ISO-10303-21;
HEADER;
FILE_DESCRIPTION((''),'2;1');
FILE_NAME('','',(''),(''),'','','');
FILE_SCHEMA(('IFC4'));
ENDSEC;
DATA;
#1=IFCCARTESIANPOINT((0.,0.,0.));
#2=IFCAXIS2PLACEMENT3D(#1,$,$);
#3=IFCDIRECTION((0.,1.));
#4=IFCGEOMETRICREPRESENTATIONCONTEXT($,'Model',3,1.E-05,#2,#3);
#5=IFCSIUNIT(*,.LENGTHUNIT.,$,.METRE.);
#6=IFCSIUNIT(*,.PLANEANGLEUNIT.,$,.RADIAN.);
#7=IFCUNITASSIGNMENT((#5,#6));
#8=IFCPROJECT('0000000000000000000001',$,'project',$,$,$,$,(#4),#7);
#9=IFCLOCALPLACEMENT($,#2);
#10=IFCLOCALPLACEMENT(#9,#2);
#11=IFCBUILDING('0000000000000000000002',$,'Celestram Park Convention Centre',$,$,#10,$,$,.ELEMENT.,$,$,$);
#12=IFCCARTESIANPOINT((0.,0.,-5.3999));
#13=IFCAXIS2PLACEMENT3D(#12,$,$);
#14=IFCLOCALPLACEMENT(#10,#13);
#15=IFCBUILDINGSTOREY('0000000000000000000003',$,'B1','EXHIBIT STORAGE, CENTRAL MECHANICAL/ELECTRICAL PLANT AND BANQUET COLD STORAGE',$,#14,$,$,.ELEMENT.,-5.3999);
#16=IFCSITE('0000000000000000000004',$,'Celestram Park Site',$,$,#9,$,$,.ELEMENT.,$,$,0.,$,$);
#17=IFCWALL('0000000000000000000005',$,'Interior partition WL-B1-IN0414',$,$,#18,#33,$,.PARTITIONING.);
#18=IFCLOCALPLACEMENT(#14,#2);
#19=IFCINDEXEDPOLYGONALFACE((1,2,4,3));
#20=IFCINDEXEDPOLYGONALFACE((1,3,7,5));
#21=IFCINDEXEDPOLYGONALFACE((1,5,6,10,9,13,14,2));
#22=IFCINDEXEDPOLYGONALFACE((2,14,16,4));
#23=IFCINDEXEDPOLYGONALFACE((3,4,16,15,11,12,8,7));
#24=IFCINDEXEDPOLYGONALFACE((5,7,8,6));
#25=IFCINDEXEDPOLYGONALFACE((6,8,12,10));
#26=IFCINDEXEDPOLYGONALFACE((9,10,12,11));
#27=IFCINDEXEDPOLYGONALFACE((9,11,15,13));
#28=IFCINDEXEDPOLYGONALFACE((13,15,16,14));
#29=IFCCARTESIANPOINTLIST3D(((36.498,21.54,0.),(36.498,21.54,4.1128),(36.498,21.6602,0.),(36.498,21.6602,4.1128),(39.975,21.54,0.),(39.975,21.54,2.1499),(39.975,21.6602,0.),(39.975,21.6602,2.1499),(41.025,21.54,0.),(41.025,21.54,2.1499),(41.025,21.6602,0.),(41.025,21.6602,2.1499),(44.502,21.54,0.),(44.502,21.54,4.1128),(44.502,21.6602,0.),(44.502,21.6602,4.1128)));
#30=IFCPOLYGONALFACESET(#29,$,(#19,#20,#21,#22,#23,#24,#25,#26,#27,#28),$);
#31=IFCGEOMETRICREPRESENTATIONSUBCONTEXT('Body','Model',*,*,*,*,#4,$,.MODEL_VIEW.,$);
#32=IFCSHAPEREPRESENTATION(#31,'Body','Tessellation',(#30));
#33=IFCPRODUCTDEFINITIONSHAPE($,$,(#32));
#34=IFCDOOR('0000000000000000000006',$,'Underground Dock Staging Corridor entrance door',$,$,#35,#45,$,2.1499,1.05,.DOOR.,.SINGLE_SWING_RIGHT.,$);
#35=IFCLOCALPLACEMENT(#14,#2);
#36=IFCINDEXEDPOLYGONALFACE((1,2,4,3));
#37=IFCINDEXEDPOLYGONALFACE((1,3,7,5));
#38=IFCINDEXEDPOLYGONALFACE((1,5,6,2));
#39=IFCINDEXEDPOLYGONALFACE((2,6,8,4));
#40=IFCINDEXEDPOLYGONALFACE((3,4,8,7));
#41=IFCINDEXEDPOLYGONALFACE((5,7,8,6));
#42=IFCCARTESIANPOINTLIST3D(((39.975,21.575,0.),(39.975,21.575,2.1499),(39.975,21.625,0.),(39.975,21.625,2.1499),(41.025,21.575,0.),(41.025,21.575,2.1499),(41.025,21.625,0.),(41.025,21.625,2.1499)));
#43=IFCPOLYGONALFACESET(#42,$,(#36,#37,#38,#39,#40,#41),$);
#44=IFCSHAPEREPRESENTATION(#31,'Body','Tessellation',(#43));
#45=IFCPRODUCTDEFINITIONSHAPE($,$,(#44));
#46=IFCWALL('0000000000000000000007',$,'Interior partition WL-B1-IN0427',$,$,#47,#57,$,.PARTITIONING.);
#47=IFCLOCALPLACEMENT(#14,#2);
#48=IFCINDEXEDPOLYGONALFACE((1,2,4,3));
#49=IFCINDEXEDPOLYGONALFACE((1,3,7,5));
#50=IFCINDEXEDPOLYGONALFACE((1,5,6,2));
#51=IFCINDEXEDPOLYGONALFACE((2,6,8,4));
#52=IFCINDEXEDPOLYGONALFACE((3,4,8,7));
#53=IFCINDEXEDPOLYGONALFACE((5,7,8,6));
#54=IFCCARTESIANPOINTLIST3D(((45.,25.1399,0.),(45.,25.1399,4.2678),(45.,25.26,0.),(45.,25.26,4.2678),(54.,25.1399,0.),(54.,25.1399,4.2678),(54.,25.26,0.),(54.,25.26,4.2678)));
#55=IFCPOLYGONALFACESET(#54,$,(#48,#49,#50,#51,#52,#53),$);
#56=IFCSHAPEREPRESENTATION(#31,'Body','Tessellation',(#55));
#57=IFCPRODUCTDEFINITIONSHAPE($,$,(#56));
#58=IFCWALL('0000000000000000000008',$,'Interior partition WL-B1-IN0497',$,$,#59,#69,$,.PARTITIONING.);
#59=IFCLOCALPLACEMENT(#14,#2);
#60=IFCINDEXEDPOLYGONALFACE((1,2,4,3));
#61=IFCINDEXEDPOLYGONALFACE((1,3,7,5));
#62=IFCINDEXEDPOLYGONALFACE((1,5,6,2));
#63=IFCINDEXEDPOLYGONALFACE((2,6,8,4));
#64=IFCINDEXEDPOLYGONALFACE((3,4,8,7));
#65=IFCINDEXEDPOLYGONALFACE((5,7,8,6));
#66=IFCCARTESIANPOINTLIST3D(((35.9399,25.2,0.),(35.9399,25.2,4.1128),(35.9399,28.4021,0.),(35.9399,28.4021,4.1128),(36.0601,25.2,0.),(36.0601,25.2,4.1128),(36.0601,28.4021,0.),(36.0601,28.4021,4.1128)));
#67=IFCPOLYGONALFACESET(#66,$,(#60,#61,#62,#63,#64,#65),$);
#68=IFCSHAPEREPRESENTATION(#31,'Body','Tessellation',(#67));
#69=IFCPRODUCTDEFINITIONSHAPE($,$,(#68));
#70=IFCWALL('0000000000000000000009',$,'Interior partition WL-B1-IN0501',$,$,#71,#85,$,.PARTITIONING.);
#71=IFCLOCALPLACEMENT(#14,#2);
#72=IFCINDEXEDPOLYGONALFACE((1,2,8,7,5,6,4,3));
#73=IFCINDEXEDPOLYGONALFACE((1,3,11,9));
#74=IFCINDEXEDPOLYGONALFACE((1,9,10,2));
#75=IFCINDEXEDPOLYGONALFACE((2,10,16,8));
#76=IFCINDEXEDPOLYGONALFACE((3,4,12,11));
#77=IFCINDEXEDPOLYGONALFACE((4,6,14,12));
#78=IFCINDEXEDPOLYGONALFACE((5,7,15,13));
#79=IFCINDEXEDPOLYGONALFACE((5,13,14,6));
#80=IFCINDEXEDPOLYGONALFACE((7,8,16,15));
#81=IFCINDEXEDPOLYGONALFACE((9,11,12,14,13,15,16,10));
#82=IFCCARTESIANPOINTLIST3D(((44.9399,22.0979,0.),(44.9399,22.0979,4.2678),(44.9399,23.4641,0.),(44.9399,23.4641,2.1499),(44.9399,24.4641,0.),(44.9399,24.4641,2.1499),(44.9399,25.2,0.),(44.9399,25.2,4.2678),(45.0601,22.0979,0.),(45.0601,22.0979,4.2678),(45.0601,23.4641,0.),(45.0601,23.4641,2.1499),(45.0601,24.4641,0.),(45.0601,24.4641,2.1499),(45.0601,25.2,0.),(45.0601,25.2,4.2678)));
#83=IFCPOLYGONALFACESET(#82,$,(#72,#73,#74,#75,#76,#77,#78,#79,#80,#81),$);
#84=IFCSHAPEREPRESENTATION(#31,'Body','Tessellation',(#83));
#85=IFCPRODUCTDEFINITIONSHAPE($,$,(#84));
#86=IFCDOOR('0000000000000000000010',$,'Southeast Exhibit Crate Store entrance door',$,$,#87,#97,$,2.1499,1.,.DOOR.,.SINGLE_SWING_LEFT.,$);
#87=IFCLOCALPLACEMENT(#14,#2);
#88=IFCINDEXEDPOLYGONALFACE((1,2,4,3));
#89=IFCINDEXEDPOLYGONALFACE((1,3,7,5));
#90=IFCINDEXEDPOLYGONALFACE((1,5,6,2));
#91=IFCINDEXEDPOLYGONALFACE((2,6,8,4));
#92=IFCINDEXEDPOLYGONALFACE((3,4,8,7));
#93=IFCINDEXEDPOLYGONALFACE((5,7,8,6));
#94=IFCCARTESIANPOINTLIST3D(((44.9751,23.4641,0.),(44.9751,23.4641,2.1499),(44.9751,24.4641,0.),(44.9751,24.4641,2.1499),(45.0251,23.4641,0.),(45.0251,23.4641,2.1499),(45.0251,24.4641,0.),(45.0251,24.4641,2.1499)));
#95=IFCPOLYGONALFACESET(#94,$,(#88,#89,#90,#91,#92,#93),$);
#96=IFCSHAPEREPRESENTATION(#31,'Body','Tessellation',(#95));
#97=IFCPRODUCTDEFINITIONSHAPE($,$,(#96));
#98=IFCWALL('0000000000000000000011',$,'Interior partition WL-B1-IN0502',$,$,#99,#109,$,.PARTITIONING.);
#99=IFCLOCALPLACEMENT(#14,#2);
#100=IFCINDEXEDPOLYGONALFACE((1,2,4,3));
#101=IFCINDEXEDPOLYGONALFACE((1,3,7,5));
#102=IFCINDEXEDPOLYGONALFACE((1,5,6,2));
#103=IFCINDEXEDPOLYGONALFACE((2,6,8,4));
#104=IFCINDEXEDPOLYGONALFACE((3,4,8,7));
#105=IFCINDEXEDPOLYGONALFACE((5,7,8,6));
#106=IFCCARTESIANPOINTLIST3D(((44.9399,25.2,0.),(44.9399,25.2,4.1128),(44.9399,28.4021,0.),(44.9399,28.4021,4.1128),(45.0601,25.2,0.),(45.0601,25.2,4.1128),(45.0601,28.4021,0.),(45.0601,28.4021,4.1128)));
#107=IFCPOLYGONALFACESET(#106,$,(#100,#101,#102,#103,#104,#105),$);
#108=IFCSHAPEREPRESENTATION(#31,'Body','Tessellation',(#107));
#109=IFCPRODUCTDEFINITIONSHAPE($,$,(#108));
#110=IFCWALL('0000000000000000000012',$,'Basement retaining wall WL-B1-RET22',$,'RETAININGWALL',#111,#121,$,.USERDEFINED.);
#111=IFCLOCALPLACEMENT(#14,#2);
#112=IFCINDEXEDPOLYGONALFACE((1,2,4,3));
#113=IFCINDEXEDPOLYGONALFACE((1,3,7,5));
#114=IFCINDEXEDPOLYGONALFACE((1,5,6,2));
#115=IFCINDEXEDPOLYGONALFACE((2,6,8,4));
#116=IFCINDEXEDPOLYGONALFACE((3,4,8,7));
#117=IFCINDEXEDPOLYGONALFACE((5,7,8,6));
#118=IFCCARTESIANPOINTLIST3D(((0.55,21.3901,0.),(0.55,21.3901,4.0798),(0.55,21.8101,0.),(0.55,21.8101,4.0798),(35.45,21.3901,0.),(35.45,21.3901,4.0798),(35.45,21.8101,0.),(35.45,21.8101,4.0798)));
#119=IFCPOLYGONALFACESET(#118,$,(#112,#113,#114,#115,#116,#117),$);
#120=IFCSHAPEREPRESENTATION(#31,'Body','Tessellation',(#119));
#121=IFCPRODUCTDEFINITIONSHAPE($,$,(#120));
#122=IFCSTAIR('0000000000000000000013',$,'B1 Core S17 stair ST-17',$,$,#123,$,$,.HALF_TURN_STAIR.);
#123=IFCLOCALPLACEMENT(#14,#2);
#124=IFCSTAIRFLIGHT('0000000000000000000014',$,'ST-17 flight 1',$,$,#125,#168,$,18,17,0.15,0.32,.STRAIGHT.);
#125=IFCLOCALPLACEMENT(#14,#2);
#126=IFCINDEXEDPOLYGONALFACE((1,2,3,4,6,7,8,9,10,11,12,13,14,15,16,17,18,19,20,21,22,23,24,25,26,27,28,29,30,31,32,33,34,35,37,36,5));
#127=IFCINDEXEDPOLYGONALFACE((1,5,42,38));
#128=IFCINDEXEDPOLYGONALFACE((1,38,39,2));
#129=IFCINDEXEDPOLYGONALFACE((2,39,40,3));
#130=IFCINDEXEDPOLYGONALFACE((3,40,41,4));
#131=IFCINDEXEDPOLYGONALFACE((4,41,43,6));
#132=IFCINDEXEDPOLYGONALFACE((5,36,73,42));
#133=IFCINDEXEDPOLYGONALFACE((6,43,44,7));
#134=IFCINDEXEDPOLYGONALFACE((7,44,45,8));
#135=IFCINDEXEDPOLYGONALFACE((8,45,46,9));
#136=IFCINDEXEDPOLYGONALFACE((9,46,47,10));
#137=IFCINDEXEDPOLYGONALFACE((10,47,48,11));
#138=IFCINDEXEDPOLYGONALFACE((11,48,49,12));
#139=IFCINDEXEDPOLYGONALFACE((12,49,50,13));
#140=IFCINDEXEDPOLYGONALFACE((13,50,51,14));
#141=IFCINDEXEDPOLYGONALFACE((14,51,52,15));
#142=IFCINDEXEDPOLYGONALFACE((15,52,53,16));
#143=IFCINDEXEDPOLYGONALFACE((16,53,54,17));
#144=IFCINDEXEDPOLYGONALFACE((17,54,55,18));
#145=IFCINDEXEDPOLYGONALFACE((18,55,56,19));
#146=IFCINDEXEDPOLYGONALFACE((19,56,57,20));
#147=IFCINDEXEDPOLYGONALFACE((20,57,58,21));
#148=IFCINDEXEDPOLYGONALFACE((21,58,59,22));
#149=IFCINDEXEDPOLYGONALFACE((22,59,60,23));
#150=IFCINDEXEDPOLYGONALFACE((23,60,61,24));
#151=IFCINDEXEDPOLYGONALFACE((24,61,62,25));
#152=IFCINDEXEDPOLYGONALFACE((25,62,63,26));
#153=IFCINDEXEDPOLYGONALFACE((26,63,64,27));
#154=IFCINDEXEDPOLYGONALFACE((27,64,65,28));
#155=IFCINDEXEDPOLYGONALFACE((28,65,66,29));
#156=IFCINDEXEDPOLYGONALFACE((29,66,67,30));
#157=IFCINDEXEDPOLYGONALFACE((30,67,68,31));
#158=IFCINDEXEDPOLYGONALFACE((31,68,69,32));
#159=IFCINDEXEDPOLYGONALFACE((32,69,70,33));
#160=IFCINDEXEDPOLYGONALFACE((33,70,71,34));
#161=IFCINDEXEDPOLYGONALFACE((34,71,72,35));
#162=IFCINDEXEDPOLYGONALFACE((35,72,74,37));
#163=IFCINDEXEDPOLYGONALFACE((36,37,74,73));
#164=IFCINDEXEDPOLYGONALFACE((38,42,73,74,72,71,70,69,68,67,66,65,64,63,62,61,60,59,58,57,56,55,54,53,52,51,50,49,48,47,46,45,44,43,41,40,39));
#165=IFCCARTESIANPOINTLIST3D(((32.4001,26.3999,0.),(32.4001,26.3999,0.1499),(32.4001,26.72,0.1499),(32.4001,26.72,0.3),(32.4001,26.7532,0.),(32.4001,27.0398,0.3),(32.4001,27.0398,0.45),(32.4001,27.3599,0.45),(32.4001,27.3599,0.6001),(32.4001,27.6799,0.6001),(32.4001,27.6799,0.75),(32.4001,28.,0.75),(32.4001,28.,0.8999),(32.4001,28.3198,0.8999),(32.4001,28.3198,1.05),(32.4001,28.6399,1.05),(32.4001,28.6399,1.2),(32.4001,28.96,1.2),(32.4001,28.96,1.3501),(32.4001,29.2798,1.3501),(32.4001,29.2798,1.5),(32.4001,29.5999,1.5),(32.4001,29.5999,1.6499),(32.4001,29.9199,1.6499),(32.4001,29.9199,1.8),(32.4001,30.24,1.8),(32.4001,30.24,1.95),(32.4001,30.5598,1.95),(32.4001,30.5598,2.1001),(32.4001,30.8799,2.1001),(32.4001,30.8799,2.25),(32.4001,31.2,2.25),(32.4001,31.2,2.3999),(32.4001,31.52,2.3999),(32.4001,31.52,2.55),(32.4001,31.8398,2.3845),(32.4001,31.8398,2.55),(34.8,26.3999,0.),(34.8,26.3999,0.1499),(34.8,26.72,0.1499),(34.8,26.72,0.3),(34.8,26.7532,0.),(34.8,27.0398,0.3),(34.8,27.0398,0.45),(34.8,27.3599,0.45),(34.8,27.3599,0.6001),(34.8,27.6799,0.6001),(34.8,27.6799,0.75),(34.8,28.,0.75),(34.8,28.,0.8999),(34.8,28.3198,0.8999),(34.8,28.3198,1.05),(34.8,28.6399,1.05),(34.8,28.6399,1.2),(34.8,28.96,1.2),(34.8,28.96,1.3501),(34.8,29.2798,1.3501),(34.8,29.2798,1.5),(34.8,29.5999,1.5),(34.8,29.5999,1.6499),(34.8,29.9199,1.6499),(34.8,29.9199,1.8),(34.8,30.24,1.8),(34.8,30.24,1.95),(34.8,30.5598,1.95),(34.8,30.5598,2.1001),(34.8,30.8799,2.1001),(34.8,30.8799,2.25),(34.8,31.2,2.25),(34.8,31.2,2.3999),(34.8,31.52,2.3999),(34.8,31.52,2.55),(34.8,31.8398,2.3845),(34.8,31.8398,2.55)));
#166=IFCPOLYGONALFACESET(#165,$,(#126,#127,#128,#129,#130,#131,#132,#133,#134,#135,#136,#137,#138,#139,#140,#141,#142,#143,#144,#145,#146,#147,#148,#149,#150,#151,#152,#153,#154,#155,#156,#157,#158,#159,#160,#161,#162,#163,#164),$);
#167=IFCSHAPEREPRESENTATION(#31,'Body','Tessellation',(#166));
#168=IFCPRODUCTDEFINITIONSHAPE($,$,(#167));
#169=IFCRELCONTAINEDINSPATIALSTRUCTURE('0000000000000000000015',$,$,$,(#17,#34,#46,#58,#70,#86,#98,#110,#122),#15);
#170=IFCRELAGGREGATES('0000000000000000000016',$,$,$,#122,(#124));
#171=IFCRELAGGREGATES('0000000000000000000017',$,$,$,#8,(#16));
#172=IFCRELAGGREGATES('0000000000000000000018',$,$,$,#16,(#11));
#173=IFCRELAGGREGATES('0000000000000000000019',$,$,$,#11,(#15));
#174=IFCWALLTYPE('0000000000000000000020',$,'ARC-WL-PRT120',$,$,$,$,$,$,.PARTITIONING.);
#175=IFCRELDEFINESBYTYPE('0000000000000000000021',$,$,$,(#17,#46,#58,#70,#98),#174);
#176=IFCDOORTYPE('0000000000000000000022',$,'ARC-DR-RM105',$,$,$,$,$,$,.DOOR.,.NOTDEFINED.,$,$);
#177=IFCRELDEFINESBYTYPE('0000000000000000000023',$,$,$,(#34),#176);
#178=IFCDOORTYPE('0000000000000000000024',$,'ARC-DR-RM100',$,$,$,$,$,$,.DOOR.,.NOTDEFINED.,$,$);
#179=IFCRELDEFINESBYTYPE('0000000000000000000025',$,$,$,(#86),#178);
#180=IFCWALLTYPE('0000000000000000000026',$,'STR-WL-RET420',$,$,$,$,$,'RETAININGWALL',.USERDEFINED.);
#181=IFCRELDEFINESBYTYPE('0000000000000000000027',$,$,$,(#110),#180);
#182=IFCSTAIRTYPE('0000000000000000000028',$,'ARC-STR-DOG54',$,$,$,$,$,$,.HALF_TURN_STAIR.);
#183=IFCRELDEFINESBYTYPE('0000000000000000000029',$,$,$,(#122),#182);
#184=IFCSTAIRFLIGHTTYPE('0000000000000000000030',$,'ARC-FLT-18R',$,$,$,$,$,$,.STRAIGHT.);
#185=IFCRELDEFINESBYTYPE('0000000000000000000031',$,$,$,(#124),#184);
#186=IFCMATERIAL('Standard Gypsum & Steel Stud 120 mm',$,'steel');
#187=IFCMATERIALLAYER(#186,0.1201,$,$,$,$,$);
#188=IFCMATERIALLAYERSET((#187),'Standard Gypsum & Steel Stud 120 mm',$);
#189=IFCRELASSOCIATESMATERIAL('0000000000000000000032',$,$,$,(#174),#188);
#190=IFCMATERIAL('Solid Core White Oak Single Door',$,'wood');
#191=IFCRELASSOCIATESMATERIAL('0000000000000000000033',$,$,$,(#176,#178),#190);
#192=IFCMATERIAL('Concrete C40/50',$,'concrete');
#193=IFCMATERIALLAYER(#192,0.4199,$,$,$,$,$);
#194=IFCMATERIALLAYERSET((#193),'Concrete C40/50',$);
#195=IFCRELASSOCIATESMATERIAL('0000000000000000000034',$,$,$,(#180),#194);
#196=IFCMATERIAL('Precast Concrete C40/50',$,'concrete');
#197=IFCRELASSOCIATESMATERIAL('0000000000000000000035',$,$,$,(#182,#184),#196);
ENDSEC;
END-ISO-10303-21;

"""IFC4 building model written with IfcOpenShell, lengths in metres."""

from ifc_helpers import new_model, si_unit, direction, frame, frame_2d, origin, place, context, subcontext, project, spatial, polyline, rectangle, outline, extrude, material, layer, layer_set, type_object, element, fill, aggregate, save


model = new_model("IFC4")

# Units and contexts
model_context = context("Model", 3, precision=1e-05, world=origin(), true_north=direction((0.0, 1.0)))
body_context = subcontext(model_context, "Body", "Model", "MODEL_VIEW")
ifc_project = project(units=[si_unit("LENGTHUNIT", "METRE"), si_unit("PLANEANGLEUNIT", "RADIAN")], contexts=[model_context])

# Site, building, storey
site_placement = place(None, origin())
site = spatial("IfcSite", under=ifc_project, at=site_placement, Name="Celestram Park Site", CompositionType="ELEMENT", RefElevation=0.0)
building_placement = place(site_placement, origin())
building = spatial("IfcBuilding", under=site, at=building_placement, Name="Celestram Park Convention Centre", CompositionType="ELEMENT")
storey_placement = place(building_placement, frame((0.0, 0.0, -5.3999)))
storey = spatial("IfcBuildingStorey", under=building, at=storey_placement, Name="B1", Description="EXHIBIT STORAGE, CENTRAL MECHANICAL/ELECTRICAL PLANT AND BANQUET COLD STORAGE", CompositionType="ELEMENT", Elevation=-5.3999)

# Shared definitions
ifc_material_1 = material(Name="Concrete C40/50", Category="concrete")

# Wall, opening, door
ifc_material_2 = material(Name="Standard Gypsum & Steel Stud 120 mm", Category="steel")
ifc_layer_1 = layer(ifc_material_2, 0.1201)
ifc_layer_set_1 = layer_set([ifc_layer_1], Name="Standard Gypsum & Steel Stud 120 mm")
wall_type_1 = type_object("IfcWallType", Name="ARC-WL-PRT120", PredefinedType="PARTITIONING", material=ifc_layer_set_1)
wall_1_placement = place(storey_placement, frame((36.498, 21.6001, 0.0), z_axis=(0.0, 0.0, 1.0), x_axis=(1.0, 0.0, 0.0)))
wall_1 = element("IfcWall", 1, at=wall_1_placement, inside=storey, type_object=wall_type_1, Name="Interior partition WL-B1-IN0414", PredefinedType="PARTITIONING", context=body_context, shape_type="SweptSolid", body=[
    extrude(rectangle(XDim=8.0039, YDim=0.1201, at=frame_2d((4.002, 0.0))), origin(), (0.0, 0.0, 1.0), 4.1128),
])
opening_1_placement = place(wall_1_placement, frame((3.4771, 0.0, 0.0)))
opening_1 = element("IfcOpeningElement", 2, at=opening_1_placement, cuts=wall_1, PredefinedType="OPENING", context=body_context, shape_type="SweptSolid", body=[
    extrude(rectangle(XDim=1.05, YDim=2.1499, at=frame_2d((0.5249, 1.075))), frame((0.0, 0.0701, 0.0), z_axis=(0.0, -1.0, 0.0), x_axis=(1.0, 0.0, 0.0)), (0.0, 0.0, 1.0), 0.1401),
])
ifc_material_3 = material(Name="Solid Core White Oak Single Door", Category="wood")
door_type_1 = type_object("IfcDoorType", Name="ARC-DR-RM105", OperationType="NOTDEFINED", PredefinedType="DOOR", material=ifc_material_3)
door_1_placement = place(opening_1_placement, origin())
door_1 = element("IfcDoor", 3, at=door_1_placement, inside=storey, type_object=door_type_1, Name="Underground Dock Staging Corridor entrance door", OperationType="SINGLE_SWING_RIGHT", OverallHeight=2.1499, OverallWidth=1.05, PredefinedType="DOOR", context=body_context, shape_type="SweptSolid", body=[
    extrude(rectangle(XDim=1.05, YDim=2.1499, at=frame_2d((0.5249, 1.075))), frame((0.0, 0.0249, 0.0), z_axis=(0.0, -1.0, 0.0), x_axis=(1.0, 0.0, 0.0)), (0.0, 0.0, 1.0), 0.05),
])
fill(opening_1, door_1)

# Walls
wall_2_placement = place(storey_placement, frame((45.0, 25.2, 0.0), z_axis=(0.0, 0.0, 1.0), x_axis=(1.0, 0.0, 0.0)))
element("IfcWall", 4, at=wall_2_placement, inside=storey, type_object=wall_type_1, Name="Interior partition WL-B1-IN0427", PredefinedType="PARTITIONING", context=body_context, shape_type="SweptSolid", body=[
    extrude(rectangle(XDim=9.0, YDim=0.1201, at=frame_2d((4.5, 0.0))), origin(), (0.0, 0.0, 1.0), 4.2678),
])
wall_3_placement = place(storey_placement, frame((36.0, 25.2, 0.0), z_axis=(0.0, 0.0, 1.0), x_axis=(0.0, 1.0, 0.0)))
element("IfcWall", 5, at=wall_3_placement, inside=storey, type_object=wall_type_1, Name="Interior partition WL-B1-IN0497", PredefinedType="PARTITIONING", context=body_context, shape_type="SweptSolid", body=[
    extrude(rectangle(XDim=3.2021, YDim=0.1201, at=frame_2d((1.6011, 0.0))), origin(), (0.0, 0.0, 1.0), 4.1128),
])

# Wall, opening, door
wall_4_placement = place(storey_placement, frame((45.0, 22.0979, 0.0), z_axis=(0.0, 0.0, 1.0), x_axis=(0.0, 1.0, 0.0)))
wall_4 = element("IfcWall", 6, at=wall_4_placement, inside=storey, type_object=wall_type_1, Name="Interior partition WL-B1-IN0501", PredefinedType="PARTITIONING", context=body_context, shape_type="SweptSolid", body=[
    extrude(rectangle(XDim=3.1021, YDim=0.1201, at=frame_2d((1.551, 0.0))), origin(), (0.0, 0.0, 1.0), 4.2678),
])
opening_2_placement = place(wall_4_placement, frame((1.3662, 0.0, 0.0)))
opening_2 = element("IfcOpeningElement", 7, at=opening_2_placement, cuts=wall_4, PredefinedType="OPENING", context=body_context, shape_type="SweptSolid", body=[
    extrude(rectangle(XDim=1.0, YDim=2.1499, at=frame_2d((0.5, 1.075))), frame((0.0, 0.0701, 0.0), z_axis=(0.0, -1.0, 0.0), x_axis=(1.0, 0.0, 0.0)), (0.0, 0.0, 1.0), 0.1401),
])
door_type_2 = type_object("IfcDoorType", Name="ARC-DR-RM100", OperationType="NOTDEFINED", PredefinedType="DOOR", material=ifc_material_3)
door_2_placement = place(opening_2_placement, origin())
door_2 = element("IfcDoor", 8, at=door_2_placement, inside=storey, type_object=door_type_2, Name="Southeast Exhibit Crate Store entrance door", OperationType="SINGLE_SWING_LEFT", OverallHeight=2.1499, OverallWidth=1.0, PredefinedType="DOOR", context=body_context, shape_type="SweptSolid", body=[
    extrude(rectangle(XDim=1.0, YDim=2.1499, at=frame_2d((0.5, 1.075))), frame((0.0, 0.0249, 0.0), z_axis=(0.0, -1.0, 0.0), x_axis=(1.0, 0.0, 0.0)), (0.0, 0.0, 1.0), 0.05),
])
fill(opening_2, door_2)

# Walls
wall_5_placement = place(storey_placement, frame((45.0, 25.2, 0.0), z_axis=(0.0, 0.0, 1.0), x_axis=(0.0, 1.0, 0.0)))
element("IfcWall", 9, at=wall_5_placement, inside=storey, type_object=wall_type_1, Name="Interior partition WL-B1-IN0502", PredefinedType="PARTITIONING", context=body_context, shape_type="SweptSolid", body=[
    extrude(rectangle(XDim=3.2021, YDim=0.1201, at=frame_2d((1.6011, 0.0))), origin(), (0.0, 0.0, 1.0), 4.1128),
])
ifc_layer_2 = layer(ifc_material_1, 0.4199)
ifc_layer_set_2 = layer_set([ifc_layer_2], Name="Concrete C40/50")
wall_type_2 = type_object("IfcWallType", Name="STR-WL-RET420", ElementType="RETAININGWALL", PredefinedType="USERDEFINED", material=ifc_layer_set_2)
wall_6_placement = place(storey_placement, frame((35.45, 21.6001, 0.0), z_axis=(0.0, 0.0, 1.0), x_axis=(-1.0, 0.0, 0.0)))
element("IfcWall", 10, at=wall_6_placement, inside=storey, type_object=wall_type_2, Name="Basement retaining wall WL-B1-RET22", ObjectType="RETAININGWALL", PredefinedType="USERDEFINED", context=body_context, shape_type="SweptSolid", body=[
    extrude(rectangle(XDim=34.8999, YDim=0.4199, at=frame_2d((17.45, 0.0))), origin(), (0.0, 0.0, 1.0), 4.0798),
])

# Stair, stair flight
ifc_material_4 = material(Name="Precast Concrete C40/50", Category="concrete")
stair_type = type_object("IfcStairType", Name="ARC-STR-DOG54", PredefinedType="HALF_TURN_STAIR", material=ifc_material_4)
stair_placement = place(storey_placement, origin())
stair = element("IfcStair", 11, at=stair_placement, inside=storey, type_object=stair_type, Name="B1 Core S17 stair ST-17", PredefinedType="HALF_TURN_STAIR")
stair_flight_type = type_object("IfcStairFlightType", Name="ARC-FLT-18R", PredefinedType="STRAIGHT", material=ifc_material_4)
stair_flight_placement = place(storey_placement, frame((33.6001, 26.3999, 0.0), z_axis=(0.0, 0.0, 1.0), x_axis=(0.0, 1.0, 0.0)))
stair_flight = element("IfcStairFlight", 12, at=stair_flight_placement, type_object=stair_flight_type, Name="ST-17 flight 1", NumberOfRisers=18, NumberOfTreads=17, PredefinedType="STRAIGHT", RiserHeight=0.15, TreadLength=0.32, context=body_context, shape_type="SweptSolid", body=[
    extrude(outline(polyline([(0.0, 0.0), (0.0, 0.1499), (0.3201, 0.1499), (0.3201, 0.3), (0.6399, 0.3), (0.6399, 0.45), (0.96, 0.45), (0.96, 0.6001), (1.28, 0.6001), (1.28, 0.75), (1.6001, 0.75), (1.6001, 0.8999), (1.9199, 0.8999), (1.9199, 1.05), (2.24, 1.05), (2.24, 1.2), (2.5601, 1.2), (2.5601, 1.3501), (2.8799, 1.3501), (2.8799, 1.5), (3.2, 1.5), (3.2, 1.6499), (3.52, 1.6499), (3.52, 1.8), (3.8401, 1.8), (3.8401, 1.95), (4.1599, 1.95), (4.1599, 2.1001), (4.48, 2.1001), (4.48, 2.25), (4.8, 2.25), (4.8, 2.3999), (5.1201, 2.3999), (5.1201, 2.55), (5.4399, 2.55), (5.4399, 2.7), (5.4399, 2.3845), (0.3533, 0.0), (0.0, 0.0)])), frame((0.0, 1.2, 0.0), z_axis=(0.0, -1.0, 0.0), x_axis=(1.0, 0.0, 0.0)), (0.0, 0.0, 1.0), 2.3999),
])
aggregate(stair, [stair_flight])

save(model, "model.ifc")
